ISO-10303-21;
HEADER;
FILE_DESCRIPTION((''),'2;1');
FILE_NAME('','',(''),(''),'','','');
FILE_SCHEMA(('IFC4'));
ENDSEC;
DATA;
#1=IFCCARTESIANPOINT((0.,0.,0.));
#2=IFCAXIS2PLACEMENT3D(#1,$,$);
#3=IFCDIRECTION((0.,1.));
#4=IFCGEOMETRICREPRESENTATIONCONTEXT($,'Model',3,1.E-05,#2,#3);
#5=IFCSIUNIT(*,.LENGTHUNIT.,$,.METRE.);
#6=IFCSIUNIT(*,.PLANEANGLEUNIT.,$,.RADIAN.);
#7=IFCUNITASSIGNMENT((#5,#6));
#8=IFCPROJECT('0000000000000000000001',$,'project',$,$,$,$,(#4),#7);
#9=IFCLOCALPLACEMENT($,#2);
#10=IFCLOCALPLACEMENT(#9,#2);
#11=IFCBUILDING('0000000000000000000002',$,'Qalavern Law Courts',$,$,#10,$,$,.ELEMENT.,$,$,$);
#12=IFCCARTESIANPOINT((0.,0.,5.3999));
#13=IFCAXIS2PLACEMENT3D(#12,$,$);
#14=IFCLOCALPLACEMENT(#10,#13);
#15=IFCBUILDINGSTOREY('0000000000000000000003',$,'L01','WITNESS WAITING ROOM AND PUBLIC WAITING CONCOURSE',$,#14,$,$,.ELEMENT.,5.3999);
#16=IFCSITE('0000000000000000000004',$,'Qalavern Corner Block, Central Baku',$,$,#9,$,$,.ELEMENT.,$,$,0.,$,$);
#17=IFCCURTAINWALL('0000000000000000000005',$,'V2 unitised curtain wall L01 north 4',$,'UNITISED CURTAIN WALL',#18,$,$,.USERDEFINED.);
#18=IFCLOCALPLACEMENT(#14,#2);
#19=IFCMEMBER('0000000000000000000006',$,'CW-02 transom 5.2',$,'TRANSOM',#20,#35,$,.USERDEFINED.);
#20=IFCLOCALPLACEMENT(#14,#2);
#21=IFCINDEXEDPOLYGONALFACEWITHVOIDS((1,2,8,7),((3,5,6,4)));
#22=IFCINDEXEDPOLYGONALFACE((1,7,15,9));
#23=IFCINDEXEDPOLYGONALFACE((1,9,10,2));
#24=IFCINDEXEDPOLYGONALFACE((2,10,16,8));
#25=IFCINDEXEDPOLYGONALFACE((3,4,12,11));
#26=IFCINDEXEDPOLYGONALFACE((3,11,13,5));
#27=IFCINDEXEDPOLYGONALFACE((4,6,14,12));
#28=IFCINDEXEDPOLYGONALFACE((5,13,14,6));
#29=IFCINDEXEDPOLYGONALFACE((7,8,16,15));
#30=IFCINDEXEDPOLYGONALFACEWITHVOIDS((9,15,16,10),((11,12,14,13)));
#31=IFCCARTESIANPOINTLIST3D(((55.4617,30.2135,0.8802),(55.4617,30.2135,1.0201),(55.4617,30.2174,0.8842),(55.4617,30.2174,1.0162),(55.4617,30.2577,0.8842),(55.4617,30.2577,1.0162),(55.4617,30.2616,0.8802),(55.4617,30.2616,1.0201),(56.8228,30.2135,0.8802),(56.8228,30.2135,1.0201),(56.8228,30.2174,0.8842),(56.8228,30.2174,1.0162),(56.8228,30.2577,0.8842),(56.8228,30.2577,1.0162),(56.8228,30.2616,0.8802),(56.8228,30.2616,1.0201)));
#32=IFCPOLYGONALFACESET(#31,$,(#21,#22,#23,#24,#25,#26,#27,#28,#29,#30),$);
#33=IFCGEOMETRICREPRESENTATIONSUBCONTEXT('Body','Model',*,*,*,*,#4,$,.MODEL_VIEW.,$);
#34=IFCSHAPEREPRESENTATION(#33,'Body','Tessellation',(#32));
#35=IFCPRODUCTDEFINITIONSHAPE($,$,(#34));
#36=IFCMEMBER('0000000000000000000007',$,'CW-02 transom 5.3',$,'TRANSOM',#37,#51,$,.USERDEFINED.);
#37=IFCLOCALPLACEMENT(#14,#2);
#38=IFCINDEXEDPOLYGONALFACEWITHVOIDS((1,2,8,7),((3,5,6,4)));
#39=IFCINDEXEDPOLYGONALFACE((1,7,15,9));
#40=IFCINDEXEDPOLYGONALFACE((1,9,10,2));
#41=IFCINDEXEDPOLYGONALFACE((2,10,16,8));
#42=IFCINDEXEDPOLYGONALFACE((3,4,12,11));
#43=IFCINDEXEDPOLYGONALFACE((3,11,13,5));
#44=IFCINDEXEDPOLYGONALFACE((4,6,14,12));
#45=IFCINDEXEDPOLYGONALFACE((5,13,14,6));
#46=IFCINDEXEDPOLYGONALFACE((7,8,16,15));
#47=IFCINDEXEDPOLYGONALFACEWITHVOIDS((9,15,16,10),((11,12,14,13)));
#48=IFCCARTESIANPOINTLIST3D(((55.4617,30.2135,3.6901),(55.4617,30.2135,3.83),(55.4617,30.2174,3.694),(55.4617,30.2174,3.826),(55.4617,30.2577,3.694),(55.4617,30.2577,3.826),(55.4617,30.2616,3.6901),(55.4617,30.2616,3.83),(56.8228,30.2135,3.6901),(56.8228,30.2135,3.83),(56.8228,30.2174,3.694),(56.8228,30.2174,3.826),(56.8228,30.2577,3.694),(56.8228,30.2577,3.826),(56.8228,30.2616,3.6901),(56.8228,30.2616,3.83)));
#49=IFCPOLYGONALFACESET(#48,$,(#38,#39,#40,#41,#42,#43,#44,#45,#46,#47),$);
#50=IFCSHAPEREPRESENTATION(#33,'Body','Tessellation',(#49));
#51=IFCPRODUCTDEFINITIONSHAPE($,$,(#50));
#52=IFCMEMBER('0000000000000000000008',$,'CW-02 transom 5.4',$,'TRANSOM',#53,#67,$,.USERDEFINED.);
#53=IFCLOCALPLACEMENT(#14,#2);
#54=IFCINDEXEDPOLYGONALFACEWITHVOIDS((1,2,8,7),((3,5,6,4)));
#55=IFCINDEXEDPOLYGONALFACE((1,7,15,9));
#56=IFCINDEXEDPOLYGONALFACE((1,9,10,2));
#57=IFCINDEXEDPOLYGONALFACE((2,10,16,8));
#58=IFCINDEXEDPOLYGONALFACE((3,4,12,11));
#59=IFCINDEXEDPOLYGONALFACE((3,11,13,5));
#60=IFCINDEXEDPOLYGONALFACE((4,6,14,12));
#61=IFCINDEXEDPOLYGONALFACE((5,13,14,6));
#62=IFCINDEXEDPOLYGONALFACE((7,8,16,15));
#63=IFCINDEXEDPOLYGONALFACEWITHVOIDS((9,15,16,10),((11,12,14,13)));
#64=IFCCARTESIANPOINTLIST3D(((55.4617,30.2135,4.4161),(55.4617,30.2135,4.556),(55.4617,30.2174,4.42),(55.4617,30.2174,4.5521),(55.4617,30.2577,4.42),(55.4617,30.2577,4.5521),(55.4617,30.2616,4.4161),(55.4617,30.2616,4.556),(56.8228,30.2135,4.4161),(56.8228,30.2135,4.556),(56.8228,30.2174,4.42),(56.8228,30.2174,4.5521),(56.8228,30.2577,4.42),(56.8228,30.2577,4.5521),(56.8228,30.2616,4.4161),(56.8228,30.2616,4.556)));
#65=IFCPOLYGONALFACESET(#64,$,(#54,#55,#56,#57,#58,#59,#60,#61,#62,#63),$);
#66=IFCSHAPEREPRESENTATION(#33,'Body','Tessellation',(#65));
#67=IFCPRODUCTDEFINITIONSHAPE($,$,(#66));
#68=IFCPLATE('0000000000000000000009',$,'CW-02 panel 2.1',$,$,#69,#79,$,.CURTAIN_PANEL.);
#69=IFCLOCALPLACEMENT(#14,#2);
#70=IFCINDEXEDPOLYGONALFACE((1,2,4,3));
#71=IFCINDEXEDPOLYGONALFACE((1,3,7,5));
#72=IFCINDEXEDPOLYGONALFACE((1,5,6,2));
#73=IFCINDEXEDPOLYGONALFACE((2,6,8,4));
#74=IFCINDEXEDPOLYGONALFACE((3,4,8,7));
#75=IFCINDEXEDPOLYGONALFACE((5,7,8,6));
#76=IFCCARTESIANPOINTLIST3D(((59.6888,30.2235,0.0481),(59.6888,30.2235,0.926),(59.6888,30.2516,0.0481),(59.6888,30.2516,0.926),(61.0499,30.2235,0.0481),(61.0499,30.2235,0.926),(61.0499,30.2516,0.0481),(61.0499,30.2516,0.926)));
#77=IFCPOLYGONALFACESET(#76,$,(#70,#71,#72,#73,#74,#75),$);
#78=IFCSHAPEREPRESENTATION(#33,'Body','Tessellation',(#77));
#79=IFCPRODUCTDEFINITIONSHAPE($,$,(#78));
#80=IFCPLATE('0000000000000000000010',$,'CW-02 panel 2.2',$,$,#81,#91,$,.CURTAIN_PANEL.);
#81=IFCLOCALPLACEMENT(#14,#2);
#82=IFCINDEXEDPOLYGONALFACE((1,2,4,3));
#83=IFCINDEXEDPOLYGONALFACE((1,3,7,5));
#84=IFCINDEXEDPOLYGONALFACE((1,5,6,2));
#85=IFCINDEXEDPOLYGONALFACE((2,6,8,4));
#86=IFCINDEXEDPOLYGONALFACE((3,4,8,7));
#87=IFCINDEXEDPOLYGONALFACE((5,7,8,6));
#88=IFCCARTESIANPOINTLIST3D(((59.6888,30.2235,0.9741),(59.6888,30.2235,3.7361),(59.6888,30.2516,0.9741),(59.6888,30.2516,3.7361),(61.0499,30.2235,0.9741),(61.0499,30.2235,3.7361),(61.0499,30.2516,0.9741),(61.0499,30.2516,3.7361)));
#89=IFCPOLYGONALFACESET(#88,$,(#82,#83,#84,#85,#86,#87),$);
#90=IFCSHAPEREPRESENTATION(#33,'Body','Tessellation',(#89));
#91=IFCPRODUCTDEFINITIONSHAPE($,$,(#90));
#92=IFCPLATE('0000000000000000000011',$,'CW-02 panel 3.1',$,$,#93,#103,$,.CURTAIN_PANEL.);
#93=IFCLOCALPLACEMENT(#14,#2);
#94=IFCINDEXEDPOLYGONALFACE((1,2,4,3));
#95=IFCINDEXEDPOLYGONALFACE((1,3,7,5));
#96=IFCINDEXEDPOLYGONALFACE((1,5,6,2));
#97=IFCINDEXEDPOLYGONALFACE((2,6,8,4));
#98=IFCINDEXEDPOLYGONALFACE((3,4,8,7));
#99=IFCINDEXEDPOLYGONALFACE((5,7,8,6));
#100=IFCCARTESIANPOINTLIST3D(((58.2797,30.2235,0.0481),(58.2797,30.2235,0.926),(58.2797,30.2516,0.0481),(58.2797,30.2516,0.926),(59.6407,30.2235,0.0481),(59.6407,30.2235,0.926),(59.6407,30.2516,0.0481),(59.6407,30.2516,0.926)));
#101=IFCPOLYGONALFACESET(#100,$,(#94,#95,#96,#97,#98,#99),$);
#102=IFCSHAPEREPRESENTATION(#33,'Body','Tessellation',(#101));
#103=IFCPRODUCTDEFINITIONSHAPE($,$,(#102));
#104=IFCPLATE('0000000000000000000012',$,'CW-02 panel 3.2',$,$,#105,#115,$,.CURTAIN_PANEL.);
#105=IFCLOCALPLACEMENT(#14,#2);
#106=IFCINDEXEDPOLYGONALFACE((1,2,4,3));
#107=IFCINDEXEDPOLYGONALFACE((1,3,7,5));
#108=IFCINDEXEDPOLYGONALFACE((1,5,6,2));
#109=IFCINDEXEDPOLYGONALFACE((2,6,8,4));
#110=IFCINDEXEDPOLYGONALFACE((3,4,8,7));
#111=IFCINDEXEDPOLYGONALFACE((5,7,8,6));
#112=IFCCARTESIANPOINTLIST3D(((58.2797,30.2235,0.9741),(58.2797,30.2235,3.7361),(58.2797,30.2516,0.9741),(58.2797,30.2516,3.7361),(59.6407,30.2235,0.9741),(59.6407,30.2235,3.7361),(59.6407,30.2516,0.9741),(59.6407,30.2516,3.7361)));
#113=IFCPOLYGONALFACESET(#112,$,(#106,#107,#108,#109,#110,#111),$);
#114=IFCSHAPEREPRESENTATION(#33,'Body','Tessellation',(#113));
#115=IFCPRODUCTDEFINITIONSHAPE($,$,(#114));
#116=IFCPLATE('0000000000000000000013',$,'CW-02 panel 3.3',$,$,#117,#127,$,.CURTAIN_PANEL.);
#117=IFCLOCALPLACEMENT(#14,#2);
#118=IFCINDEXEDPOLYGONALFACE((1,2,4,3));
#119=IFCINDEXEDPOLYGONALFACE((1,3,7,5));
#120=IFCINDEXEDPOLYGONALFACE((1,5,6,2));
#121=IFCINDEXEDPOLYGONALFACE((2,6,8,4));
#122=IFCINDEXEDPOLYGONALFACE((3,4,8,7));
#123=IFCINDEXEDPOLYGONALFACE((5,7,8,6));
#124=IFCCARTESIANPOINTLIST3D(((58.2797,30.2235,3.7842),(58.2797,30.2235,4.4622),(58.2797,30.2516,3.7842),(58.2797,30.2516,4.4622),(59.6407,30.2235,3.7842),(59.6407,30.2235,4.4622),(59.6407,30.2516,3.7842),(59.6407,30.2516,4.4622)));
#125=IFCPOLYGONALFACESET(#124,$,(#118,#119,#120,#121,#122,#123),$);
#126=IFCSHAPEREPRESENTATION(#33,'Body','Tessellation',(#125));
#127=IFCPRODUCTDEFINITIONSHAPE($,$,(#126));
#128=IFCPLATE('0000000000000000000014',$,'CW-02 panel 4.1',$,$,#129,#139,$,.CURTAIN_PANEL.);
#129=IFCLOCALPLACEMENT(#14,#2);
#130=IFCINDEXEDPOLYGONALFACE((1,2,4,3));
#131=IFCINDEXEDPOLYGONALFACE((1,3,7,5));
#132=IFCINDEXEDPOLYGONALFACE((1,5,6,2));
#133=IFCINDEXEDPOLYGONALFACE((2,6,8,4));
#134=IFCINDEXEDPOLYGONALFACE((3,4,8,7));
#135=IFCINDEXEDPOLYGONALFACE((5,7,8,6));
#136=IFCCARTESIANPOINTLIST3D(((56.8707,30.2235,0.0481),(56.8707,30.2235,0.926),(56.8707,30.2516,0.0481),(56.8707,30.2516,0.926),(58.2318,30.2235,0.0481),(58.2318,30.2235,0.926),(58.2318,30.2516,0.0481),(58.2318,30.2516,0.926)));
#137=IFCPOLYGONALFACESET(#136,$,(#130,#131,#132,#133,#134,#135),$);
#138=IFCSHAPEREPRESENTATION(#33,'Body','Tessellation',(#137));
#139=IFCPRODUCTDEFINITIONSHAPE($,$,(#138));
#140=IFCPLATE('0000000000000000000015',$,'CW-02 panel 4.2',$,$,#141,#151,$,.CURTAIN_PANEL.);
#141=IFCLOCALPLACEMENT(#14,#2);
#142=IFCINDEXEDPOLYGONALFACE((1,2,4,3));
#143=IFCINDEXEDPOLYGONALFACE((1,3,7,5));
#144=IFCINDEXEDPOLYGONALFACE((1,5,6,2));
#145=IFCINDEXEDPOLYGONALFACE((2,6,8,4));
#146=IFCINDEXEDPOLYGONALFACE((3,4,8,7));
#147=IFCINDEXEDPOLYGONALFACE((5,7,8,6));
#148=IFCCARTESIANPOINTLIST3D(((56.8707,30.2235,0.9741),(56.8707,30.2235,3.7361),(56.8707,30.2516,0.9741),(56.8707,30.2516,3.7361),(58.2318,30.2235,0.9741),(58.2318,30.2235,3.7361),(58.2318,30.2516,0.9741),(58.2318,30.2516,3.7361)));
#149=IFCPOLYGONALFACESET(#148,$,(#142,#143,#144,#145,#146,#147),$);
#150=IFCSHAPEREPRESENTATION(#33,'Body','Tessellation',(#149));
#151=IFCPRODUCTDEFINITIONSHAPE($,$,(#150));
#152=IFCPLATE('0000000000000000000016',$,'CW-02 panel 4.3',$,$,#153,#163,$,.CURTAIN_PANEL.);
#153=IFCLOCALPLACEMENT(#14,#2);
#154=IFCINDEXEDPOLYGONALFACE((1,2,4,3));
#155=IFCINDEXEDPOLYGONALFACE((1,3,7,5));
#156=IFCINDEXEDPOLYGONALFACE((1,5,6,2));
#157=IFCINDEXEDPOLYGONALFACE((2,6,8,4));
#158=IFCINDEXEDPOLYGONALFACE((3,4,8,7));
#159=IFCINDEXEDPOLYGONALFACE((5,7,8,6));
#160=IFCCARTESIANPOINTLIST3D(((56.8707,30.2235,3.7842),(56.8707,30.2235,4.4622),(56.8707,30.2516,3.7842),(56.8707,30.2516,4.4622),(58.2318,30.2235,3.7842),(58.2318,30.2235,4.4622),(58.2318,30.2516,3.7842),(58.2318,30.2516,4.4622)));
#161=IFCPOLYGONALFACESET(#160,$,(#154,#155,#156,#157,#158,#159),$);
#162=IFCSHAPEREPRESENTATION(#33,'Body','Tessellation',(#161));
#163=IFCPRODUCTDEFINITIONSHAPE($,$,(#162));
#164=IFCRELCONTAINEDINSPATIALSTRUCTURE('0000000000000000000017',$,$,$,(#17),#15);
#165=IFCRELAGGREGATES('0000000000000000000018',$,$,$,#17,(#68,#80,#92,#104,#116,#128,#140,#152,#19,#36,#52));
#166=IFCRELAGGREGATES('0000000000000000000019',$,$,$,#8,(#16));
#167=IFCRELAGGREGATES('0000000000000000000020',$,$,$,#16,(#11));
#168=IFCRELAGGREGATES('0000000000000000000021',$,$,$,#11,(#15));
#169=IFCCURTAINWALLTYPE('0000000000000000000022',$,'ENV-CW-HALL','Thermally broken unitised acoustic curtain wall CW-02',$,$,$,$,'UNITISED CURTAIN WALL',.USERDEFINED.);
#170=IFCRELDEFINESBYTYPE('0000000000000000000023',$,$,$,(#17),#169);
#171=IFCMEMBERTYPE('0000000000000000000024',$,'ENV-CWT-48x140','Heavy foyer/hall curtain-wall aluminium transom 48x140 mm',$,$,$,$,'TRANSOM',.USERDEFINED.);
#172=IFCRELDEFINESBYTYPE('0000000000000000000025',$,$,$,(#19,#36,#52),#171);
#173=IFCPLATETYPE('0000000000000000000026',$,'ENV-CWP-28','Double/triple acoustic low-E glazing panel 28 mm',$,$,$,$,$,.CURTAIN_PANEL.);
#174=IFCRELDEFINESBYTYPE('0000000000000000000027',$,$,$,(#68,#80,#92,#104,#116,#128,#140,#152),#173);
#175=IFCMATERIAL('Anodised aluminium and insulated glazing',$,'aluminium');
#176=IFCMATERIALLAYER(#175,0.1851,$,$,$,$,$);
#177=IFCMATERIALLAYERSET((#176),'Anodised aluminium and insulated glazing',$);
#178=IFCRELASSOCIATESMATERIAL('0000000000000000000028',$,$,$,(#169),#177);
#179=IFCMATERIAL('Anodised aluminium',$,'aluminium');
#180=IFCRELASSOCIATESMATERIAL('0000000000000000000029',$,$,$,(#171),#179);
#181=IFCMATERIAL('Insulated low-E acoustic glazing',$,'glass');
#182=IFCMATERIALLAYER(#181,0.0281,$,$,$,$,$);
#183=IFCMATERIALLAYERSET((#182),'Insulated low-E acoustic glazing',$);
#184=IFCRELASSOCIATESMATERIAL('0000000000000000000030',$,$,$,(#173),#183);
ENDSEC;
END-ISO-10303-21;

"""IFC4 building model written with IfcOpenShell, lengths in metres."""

from ifc_helpers import new_model, si_unit, direction, frame, origin, origin_2d, place, context, subcontext, project, spatial, rectangle, hollow_rectangle, extrude, material, layer, layer_set, material_profile, profile_set, type_object, element, aggregate, save


model = new_model("IFC4")

# Units and contexts
model_context = context("Model", 3, precision=1e-05, world=origin(), true_north=direction((0.0, 1.0)))
body_context = subcontext(model_context, "Body", "Model", "MODEL_VIEW")
ifc_project = project(units=[si_unit("LENGTHUNIT", "METRE"), si_unit("PLANEANGLEUNIT", "RADIAN")], contexts=[model_context])

# Site, building, storey
site_placement = place(None, origin())
site = spatial("IfcSite", under=ifc_project, at=site_placement, Name="Qalavern Corner Block, Central Baku", CompositionType="ELEMENT", RefElevation=0.0)
building_placement = place(site_placement, origin())
building = spatial("IfcBuilding", under=site, at=building_placement, Name="Qalavern Law Courts", CompositionType="ELEMENT")
storey_placement = place(building_placement, frame((0.0, 0.0, 5.3999)))
storey = spatial("IfcBuildingStorey", under=building, at=storey_placement, Name="L01", Description="WITNESS WAITING ROOM AND PUBLIC WAITING CONCOURSE", CompositionType="ELEMENT", Elevation=5.3999)

# Curtain wall, members, plates
ifc_material_1 = material(Name="Anodised aluminium and insulated glazing", Category="aluminium")
ifc_layer_1 = layer(ifc_material_1, 0.1851)
ifc_layer_set_1 = layer_set([ifc_layer_1], Name="Anodised aluminium and insulated glazing")
curtain_wall_type = type_object("IfcCurtainWallType", Name="ENV-CW-HALL", Description="Thermally broken unitised acoustic curtain wall CW-02", ElementType="UNITISED CURTAIN WALL", PredefinedType="USERDEFINED", material=ifc_layer_set_1)
curtain_wall_placement = place(storey_placement, origin())
curtain_wall = element("IfcCurtainWall", 1, at=curtain_wall_placement, inside=storey, type_object=curtain_wall_type, Name="V2 unitised curtain wall L01 north 4", ObjectType="UNITISED CURTAIN WALL", PredefinedType="USERDEFINED")
ifc_material_2 = material(Name="Anodised aluminium", Category="aluminium")
ifc_material_profile_1 = material_profile(ifc_material_2, hollow_rectangle(XDim=0.0481, YDim=0.1399, WallThickness=0.0039, at=origin_2d()), Name="ALU TRANSOM 48x140")
ifc_profile_set_1 = profile_set([ifc_material_profile_1], Name="Anodised aluminium")
member_type_1 = type_object("IfcMemberType", Name="ENV-CWT-48x140", Description="Heavy foyer/hall curtain-wall aluminium transom 48x140 mm", ElementType="TRANSOM", PredefinedType="USERDEFINED", material=ifc_profile_set_1)
member_1_placement = place(storey_placement, frame((56.8228, 30.2375, 0.9502), z_axis=(-1.0, 0.0, 0.0), x_axis=(0.0, -1.0, 0.0)))
member_1 = element("IfcMember", 2, at=member_1_placement, type_object=member_type_1, Name="CW-02 transom 5.2", ObjectType="TRANSOM", PredefinedType="USERDEFINED", context=body_context, shape_type="SweptSolid", body=[
    extrude(hollow_rectangle(XDim=0.0481, YDim=0.1399, WallThickness=0.0039, at=origin_2d()), origin(), (0.0, 0.0, 1.0), 1.3611),
])
member_2_placement = place(storey_placement, frame((56.8228, 30.2375, 3.76), z_axis=(-1.0, 0.0, 0.0), x_axis=(0.0, -1.0, 0.0)))
member_2 = element("IfcMember", 3, at=member_2_placement, type_object=member_type_1, Name="CW-02 transom 5.3", ObjectType="TRANSOM", PredefinedType="USERDEFINED", context=body_context, shape_type="SweptSolid", body=[
    extrude(hollow_rectangle(XDim=0.0481, YDim=0.1399, WallThickness=0.0039, at=origin_2d()), origin(), (0.0, 0.0, 1.0), 1.3611),
])
member_3_placement = place(storey_placement, frame((56.8228, 30.2375, 4.4861), z_axis=(-1.0, 0.0, 0.0), x_axis=(0.0, -1.0, 0.0)))
member_3 = element("IfcMember", 4, at=member_3_placement, type_object=member_type_1, Name="CW-02 transom 5.4", ObjectType="TRANSOM", PredefinedType="USERDEFINED", context=body_context, shape_type="SweptSolid", body=[
    extrude(hollow_rectangle(XDim=0.0481, YDim=0.1399, WallThickness=0.0039, at=origin_2d()), origin(), (0.0, 0.0, 1.0), 1.3611),
])
ifc_material_3 = material(Name="Insulated low-E acoustic glazing", Category="glass")
ifc_layer_2 = layer(ifc_material_3, 0.0281)
ifc_layer_set_2 = layer_set([ifc_layer_2], Name="Insulated low-E acoustic glazing")
plate_type = type_object("IfcPlateType", Name="ENV-CWP-28", Description="Double/triple acoustic low-E glazing panel 28 mm", PredefinedType="CURTAIN_PANEL", material=ifc_layer_set_2)
plate_1_placement = place(storey_placement, frame((60.3694, 30.2375, 0.0481), z_axis=(0.0, 0.0, 1.0), x_axis=(-1.0, 0.0, 0.0)))
plate_1 = element("IfcPlate", 5, at=plate_1_placement, type_object=plate_type, Name="CW-02 panel 2.1", PredefinedType="CURTAIN_PANEL", context=body_context, shape_type="SweptSolid", body=[
    extrude(rectangle(XDim=1.3611, YDim=0.0281, at=origin_2d()), origin(), (0.0, 0.0, 1.0), 0.8779),
])
plate_2_placement = place(storey_placement, frame((60.3694, 30.2375, 0.9741), z_axis=(0.0, 0.0, 1.0), x_axis=(-1.0, 0.0, 0.0)))
plate_2 = element("IfcPlate", 6, at=plate_2_placement, type_object=plate_type, Name="CW-02 panel 2.2", PredefinedType="CURTAIN_PANEL", context=body_context, shape_type="SweptSolid", body=[
    extrude(rectangle(XDim=1.3611, YDim=0.0281, at=origin_2d()), origin(), (0.0, 0.0, 1.0), 2.762),
])
plate_3_placement = place(storey_placement, frame((58.9602, 30.2375, 0.0481), z_axis=(0.0, 0.0, 1.0), x_axis=(-1.0, 0.0, 0.0)))
plate_3 = element("IfcPlate", 7, at=plate_3_placement, type_object=plate_type, Name="CW-02 panel 3.1", PredefinedType="CURTAIN_PANEL", context=body_context, shape_type="SweptSolid", body=[
    extrude(rectangle(XDim=1.3611, YDim=0.0281, at=origin_2d()), origin(), (0.0, 0.0, 1.0), 0.8779),
])
plate_4_placement = place(storey_placement, frame((58.9602, 30.2375, 0.9741), z_axis=(0.0, 0.0, 1.0), x_axis=(-1.0, 0.0, 0.0)))
plate_4 = element("IfcPlate", 8, at=plate_4_placement, type_object=plate_type, Name="CW-02 panel 3.2", PredefinedType="CURTAIN_PANEL", context=body_context, shape_type="SweptSolid", body=[
    extrude(rectangle(XDim=1.3611, YDim=0.0281, at=origin_2d()), origin(), (0.0, 0.0, 1.0), 2.762),
])
plate_5_placement = place(storey_placement, frame((58.9602, 30.2375, 3.7842), z_axis=(0.0, 0.0, 1.0), x_axis=(-1.0, 0.0, 0.0)))
plate_5 = element("IfcPlate", 9, at=plate_5_placement, type_object=plate_type, Name="CW-02 panel 3.3", PredefinedType="CURTAIN_PANEL", context=body_context, shape_type="SweptSolid", body=[
    extrude(rectangle(XDim=1.3611, YDim=0.0281, at=origin_2d()), origin(), (0.0, 0.0, 1.0), 0.678),
])
plate_6_placement = place(storey_placement, frame((57.5513, 30.2375, 0.0481), z_axis=(0.0, 0.0, 1.0), x_axis=(-1.0, 0.0, 0.0)))
plate_6 = element("IfcPlate", 10, at=plate_6_placement, type_object=plate_type, Name="CW-02 panel 4.1", PredefinedType="CURTAIN_PANEL", context=body_context, shape_type="SweptSolid", body=[
    extrude(rectangle(XDim=1.3611, YDim=0.0281, at=origin_2d()), origin(), (0.0, 0.0, 1.0), 0.8779),
])
plate_7_placement = place(storey_placement, frame((57.5513, 30.2375, 0.9741), z_axis=(0.0, 0.0, 1.0), x_axis=(-1.0, 0.0, 0.0)))
plate_7 = element("IfcPlate", 11, at=plate_7_placement, type_object=plate_type, Name="CW-02 panel 4.2", PredefinedType="CURTAIN_PANEL", context=body_context, shape_type="SweptSolid", body=[
    extrude(rectangle(XDim=1.3611, YDim=0.0281, at=origin_2d()), origin(), (0.0, 0.0, 1.0), 2.762),
])
plate_8_placement = place(storey_placement, frame((57.5513, 30.2375, 3.7842), z_axis=(0.0, 0.0, 1.0), x_axis=(-1.0, 0.0, 0.0)))
plate_8 = element("IfcPlate", 12, at=plate_8_placement, type_object=plate_type, Name="CW-02 panel 4.3", PredefinedType="CURTAIN_PANEL", context=body_context, shape_type="SweptSolid", body=[
    extrude(rectangle(XDim=1.3611, YDim=0.0281, at=origin_2d()), origin(), (0.0, 0.0, 1.0), 0.678),
])
aggregate(curtain_wall, [plate_1, plate_2, plate_3, plate_4, plate_5, plate_6, plate_7, plate_8, member_1, member_2, member_3])

save(model, "model.ifc")
